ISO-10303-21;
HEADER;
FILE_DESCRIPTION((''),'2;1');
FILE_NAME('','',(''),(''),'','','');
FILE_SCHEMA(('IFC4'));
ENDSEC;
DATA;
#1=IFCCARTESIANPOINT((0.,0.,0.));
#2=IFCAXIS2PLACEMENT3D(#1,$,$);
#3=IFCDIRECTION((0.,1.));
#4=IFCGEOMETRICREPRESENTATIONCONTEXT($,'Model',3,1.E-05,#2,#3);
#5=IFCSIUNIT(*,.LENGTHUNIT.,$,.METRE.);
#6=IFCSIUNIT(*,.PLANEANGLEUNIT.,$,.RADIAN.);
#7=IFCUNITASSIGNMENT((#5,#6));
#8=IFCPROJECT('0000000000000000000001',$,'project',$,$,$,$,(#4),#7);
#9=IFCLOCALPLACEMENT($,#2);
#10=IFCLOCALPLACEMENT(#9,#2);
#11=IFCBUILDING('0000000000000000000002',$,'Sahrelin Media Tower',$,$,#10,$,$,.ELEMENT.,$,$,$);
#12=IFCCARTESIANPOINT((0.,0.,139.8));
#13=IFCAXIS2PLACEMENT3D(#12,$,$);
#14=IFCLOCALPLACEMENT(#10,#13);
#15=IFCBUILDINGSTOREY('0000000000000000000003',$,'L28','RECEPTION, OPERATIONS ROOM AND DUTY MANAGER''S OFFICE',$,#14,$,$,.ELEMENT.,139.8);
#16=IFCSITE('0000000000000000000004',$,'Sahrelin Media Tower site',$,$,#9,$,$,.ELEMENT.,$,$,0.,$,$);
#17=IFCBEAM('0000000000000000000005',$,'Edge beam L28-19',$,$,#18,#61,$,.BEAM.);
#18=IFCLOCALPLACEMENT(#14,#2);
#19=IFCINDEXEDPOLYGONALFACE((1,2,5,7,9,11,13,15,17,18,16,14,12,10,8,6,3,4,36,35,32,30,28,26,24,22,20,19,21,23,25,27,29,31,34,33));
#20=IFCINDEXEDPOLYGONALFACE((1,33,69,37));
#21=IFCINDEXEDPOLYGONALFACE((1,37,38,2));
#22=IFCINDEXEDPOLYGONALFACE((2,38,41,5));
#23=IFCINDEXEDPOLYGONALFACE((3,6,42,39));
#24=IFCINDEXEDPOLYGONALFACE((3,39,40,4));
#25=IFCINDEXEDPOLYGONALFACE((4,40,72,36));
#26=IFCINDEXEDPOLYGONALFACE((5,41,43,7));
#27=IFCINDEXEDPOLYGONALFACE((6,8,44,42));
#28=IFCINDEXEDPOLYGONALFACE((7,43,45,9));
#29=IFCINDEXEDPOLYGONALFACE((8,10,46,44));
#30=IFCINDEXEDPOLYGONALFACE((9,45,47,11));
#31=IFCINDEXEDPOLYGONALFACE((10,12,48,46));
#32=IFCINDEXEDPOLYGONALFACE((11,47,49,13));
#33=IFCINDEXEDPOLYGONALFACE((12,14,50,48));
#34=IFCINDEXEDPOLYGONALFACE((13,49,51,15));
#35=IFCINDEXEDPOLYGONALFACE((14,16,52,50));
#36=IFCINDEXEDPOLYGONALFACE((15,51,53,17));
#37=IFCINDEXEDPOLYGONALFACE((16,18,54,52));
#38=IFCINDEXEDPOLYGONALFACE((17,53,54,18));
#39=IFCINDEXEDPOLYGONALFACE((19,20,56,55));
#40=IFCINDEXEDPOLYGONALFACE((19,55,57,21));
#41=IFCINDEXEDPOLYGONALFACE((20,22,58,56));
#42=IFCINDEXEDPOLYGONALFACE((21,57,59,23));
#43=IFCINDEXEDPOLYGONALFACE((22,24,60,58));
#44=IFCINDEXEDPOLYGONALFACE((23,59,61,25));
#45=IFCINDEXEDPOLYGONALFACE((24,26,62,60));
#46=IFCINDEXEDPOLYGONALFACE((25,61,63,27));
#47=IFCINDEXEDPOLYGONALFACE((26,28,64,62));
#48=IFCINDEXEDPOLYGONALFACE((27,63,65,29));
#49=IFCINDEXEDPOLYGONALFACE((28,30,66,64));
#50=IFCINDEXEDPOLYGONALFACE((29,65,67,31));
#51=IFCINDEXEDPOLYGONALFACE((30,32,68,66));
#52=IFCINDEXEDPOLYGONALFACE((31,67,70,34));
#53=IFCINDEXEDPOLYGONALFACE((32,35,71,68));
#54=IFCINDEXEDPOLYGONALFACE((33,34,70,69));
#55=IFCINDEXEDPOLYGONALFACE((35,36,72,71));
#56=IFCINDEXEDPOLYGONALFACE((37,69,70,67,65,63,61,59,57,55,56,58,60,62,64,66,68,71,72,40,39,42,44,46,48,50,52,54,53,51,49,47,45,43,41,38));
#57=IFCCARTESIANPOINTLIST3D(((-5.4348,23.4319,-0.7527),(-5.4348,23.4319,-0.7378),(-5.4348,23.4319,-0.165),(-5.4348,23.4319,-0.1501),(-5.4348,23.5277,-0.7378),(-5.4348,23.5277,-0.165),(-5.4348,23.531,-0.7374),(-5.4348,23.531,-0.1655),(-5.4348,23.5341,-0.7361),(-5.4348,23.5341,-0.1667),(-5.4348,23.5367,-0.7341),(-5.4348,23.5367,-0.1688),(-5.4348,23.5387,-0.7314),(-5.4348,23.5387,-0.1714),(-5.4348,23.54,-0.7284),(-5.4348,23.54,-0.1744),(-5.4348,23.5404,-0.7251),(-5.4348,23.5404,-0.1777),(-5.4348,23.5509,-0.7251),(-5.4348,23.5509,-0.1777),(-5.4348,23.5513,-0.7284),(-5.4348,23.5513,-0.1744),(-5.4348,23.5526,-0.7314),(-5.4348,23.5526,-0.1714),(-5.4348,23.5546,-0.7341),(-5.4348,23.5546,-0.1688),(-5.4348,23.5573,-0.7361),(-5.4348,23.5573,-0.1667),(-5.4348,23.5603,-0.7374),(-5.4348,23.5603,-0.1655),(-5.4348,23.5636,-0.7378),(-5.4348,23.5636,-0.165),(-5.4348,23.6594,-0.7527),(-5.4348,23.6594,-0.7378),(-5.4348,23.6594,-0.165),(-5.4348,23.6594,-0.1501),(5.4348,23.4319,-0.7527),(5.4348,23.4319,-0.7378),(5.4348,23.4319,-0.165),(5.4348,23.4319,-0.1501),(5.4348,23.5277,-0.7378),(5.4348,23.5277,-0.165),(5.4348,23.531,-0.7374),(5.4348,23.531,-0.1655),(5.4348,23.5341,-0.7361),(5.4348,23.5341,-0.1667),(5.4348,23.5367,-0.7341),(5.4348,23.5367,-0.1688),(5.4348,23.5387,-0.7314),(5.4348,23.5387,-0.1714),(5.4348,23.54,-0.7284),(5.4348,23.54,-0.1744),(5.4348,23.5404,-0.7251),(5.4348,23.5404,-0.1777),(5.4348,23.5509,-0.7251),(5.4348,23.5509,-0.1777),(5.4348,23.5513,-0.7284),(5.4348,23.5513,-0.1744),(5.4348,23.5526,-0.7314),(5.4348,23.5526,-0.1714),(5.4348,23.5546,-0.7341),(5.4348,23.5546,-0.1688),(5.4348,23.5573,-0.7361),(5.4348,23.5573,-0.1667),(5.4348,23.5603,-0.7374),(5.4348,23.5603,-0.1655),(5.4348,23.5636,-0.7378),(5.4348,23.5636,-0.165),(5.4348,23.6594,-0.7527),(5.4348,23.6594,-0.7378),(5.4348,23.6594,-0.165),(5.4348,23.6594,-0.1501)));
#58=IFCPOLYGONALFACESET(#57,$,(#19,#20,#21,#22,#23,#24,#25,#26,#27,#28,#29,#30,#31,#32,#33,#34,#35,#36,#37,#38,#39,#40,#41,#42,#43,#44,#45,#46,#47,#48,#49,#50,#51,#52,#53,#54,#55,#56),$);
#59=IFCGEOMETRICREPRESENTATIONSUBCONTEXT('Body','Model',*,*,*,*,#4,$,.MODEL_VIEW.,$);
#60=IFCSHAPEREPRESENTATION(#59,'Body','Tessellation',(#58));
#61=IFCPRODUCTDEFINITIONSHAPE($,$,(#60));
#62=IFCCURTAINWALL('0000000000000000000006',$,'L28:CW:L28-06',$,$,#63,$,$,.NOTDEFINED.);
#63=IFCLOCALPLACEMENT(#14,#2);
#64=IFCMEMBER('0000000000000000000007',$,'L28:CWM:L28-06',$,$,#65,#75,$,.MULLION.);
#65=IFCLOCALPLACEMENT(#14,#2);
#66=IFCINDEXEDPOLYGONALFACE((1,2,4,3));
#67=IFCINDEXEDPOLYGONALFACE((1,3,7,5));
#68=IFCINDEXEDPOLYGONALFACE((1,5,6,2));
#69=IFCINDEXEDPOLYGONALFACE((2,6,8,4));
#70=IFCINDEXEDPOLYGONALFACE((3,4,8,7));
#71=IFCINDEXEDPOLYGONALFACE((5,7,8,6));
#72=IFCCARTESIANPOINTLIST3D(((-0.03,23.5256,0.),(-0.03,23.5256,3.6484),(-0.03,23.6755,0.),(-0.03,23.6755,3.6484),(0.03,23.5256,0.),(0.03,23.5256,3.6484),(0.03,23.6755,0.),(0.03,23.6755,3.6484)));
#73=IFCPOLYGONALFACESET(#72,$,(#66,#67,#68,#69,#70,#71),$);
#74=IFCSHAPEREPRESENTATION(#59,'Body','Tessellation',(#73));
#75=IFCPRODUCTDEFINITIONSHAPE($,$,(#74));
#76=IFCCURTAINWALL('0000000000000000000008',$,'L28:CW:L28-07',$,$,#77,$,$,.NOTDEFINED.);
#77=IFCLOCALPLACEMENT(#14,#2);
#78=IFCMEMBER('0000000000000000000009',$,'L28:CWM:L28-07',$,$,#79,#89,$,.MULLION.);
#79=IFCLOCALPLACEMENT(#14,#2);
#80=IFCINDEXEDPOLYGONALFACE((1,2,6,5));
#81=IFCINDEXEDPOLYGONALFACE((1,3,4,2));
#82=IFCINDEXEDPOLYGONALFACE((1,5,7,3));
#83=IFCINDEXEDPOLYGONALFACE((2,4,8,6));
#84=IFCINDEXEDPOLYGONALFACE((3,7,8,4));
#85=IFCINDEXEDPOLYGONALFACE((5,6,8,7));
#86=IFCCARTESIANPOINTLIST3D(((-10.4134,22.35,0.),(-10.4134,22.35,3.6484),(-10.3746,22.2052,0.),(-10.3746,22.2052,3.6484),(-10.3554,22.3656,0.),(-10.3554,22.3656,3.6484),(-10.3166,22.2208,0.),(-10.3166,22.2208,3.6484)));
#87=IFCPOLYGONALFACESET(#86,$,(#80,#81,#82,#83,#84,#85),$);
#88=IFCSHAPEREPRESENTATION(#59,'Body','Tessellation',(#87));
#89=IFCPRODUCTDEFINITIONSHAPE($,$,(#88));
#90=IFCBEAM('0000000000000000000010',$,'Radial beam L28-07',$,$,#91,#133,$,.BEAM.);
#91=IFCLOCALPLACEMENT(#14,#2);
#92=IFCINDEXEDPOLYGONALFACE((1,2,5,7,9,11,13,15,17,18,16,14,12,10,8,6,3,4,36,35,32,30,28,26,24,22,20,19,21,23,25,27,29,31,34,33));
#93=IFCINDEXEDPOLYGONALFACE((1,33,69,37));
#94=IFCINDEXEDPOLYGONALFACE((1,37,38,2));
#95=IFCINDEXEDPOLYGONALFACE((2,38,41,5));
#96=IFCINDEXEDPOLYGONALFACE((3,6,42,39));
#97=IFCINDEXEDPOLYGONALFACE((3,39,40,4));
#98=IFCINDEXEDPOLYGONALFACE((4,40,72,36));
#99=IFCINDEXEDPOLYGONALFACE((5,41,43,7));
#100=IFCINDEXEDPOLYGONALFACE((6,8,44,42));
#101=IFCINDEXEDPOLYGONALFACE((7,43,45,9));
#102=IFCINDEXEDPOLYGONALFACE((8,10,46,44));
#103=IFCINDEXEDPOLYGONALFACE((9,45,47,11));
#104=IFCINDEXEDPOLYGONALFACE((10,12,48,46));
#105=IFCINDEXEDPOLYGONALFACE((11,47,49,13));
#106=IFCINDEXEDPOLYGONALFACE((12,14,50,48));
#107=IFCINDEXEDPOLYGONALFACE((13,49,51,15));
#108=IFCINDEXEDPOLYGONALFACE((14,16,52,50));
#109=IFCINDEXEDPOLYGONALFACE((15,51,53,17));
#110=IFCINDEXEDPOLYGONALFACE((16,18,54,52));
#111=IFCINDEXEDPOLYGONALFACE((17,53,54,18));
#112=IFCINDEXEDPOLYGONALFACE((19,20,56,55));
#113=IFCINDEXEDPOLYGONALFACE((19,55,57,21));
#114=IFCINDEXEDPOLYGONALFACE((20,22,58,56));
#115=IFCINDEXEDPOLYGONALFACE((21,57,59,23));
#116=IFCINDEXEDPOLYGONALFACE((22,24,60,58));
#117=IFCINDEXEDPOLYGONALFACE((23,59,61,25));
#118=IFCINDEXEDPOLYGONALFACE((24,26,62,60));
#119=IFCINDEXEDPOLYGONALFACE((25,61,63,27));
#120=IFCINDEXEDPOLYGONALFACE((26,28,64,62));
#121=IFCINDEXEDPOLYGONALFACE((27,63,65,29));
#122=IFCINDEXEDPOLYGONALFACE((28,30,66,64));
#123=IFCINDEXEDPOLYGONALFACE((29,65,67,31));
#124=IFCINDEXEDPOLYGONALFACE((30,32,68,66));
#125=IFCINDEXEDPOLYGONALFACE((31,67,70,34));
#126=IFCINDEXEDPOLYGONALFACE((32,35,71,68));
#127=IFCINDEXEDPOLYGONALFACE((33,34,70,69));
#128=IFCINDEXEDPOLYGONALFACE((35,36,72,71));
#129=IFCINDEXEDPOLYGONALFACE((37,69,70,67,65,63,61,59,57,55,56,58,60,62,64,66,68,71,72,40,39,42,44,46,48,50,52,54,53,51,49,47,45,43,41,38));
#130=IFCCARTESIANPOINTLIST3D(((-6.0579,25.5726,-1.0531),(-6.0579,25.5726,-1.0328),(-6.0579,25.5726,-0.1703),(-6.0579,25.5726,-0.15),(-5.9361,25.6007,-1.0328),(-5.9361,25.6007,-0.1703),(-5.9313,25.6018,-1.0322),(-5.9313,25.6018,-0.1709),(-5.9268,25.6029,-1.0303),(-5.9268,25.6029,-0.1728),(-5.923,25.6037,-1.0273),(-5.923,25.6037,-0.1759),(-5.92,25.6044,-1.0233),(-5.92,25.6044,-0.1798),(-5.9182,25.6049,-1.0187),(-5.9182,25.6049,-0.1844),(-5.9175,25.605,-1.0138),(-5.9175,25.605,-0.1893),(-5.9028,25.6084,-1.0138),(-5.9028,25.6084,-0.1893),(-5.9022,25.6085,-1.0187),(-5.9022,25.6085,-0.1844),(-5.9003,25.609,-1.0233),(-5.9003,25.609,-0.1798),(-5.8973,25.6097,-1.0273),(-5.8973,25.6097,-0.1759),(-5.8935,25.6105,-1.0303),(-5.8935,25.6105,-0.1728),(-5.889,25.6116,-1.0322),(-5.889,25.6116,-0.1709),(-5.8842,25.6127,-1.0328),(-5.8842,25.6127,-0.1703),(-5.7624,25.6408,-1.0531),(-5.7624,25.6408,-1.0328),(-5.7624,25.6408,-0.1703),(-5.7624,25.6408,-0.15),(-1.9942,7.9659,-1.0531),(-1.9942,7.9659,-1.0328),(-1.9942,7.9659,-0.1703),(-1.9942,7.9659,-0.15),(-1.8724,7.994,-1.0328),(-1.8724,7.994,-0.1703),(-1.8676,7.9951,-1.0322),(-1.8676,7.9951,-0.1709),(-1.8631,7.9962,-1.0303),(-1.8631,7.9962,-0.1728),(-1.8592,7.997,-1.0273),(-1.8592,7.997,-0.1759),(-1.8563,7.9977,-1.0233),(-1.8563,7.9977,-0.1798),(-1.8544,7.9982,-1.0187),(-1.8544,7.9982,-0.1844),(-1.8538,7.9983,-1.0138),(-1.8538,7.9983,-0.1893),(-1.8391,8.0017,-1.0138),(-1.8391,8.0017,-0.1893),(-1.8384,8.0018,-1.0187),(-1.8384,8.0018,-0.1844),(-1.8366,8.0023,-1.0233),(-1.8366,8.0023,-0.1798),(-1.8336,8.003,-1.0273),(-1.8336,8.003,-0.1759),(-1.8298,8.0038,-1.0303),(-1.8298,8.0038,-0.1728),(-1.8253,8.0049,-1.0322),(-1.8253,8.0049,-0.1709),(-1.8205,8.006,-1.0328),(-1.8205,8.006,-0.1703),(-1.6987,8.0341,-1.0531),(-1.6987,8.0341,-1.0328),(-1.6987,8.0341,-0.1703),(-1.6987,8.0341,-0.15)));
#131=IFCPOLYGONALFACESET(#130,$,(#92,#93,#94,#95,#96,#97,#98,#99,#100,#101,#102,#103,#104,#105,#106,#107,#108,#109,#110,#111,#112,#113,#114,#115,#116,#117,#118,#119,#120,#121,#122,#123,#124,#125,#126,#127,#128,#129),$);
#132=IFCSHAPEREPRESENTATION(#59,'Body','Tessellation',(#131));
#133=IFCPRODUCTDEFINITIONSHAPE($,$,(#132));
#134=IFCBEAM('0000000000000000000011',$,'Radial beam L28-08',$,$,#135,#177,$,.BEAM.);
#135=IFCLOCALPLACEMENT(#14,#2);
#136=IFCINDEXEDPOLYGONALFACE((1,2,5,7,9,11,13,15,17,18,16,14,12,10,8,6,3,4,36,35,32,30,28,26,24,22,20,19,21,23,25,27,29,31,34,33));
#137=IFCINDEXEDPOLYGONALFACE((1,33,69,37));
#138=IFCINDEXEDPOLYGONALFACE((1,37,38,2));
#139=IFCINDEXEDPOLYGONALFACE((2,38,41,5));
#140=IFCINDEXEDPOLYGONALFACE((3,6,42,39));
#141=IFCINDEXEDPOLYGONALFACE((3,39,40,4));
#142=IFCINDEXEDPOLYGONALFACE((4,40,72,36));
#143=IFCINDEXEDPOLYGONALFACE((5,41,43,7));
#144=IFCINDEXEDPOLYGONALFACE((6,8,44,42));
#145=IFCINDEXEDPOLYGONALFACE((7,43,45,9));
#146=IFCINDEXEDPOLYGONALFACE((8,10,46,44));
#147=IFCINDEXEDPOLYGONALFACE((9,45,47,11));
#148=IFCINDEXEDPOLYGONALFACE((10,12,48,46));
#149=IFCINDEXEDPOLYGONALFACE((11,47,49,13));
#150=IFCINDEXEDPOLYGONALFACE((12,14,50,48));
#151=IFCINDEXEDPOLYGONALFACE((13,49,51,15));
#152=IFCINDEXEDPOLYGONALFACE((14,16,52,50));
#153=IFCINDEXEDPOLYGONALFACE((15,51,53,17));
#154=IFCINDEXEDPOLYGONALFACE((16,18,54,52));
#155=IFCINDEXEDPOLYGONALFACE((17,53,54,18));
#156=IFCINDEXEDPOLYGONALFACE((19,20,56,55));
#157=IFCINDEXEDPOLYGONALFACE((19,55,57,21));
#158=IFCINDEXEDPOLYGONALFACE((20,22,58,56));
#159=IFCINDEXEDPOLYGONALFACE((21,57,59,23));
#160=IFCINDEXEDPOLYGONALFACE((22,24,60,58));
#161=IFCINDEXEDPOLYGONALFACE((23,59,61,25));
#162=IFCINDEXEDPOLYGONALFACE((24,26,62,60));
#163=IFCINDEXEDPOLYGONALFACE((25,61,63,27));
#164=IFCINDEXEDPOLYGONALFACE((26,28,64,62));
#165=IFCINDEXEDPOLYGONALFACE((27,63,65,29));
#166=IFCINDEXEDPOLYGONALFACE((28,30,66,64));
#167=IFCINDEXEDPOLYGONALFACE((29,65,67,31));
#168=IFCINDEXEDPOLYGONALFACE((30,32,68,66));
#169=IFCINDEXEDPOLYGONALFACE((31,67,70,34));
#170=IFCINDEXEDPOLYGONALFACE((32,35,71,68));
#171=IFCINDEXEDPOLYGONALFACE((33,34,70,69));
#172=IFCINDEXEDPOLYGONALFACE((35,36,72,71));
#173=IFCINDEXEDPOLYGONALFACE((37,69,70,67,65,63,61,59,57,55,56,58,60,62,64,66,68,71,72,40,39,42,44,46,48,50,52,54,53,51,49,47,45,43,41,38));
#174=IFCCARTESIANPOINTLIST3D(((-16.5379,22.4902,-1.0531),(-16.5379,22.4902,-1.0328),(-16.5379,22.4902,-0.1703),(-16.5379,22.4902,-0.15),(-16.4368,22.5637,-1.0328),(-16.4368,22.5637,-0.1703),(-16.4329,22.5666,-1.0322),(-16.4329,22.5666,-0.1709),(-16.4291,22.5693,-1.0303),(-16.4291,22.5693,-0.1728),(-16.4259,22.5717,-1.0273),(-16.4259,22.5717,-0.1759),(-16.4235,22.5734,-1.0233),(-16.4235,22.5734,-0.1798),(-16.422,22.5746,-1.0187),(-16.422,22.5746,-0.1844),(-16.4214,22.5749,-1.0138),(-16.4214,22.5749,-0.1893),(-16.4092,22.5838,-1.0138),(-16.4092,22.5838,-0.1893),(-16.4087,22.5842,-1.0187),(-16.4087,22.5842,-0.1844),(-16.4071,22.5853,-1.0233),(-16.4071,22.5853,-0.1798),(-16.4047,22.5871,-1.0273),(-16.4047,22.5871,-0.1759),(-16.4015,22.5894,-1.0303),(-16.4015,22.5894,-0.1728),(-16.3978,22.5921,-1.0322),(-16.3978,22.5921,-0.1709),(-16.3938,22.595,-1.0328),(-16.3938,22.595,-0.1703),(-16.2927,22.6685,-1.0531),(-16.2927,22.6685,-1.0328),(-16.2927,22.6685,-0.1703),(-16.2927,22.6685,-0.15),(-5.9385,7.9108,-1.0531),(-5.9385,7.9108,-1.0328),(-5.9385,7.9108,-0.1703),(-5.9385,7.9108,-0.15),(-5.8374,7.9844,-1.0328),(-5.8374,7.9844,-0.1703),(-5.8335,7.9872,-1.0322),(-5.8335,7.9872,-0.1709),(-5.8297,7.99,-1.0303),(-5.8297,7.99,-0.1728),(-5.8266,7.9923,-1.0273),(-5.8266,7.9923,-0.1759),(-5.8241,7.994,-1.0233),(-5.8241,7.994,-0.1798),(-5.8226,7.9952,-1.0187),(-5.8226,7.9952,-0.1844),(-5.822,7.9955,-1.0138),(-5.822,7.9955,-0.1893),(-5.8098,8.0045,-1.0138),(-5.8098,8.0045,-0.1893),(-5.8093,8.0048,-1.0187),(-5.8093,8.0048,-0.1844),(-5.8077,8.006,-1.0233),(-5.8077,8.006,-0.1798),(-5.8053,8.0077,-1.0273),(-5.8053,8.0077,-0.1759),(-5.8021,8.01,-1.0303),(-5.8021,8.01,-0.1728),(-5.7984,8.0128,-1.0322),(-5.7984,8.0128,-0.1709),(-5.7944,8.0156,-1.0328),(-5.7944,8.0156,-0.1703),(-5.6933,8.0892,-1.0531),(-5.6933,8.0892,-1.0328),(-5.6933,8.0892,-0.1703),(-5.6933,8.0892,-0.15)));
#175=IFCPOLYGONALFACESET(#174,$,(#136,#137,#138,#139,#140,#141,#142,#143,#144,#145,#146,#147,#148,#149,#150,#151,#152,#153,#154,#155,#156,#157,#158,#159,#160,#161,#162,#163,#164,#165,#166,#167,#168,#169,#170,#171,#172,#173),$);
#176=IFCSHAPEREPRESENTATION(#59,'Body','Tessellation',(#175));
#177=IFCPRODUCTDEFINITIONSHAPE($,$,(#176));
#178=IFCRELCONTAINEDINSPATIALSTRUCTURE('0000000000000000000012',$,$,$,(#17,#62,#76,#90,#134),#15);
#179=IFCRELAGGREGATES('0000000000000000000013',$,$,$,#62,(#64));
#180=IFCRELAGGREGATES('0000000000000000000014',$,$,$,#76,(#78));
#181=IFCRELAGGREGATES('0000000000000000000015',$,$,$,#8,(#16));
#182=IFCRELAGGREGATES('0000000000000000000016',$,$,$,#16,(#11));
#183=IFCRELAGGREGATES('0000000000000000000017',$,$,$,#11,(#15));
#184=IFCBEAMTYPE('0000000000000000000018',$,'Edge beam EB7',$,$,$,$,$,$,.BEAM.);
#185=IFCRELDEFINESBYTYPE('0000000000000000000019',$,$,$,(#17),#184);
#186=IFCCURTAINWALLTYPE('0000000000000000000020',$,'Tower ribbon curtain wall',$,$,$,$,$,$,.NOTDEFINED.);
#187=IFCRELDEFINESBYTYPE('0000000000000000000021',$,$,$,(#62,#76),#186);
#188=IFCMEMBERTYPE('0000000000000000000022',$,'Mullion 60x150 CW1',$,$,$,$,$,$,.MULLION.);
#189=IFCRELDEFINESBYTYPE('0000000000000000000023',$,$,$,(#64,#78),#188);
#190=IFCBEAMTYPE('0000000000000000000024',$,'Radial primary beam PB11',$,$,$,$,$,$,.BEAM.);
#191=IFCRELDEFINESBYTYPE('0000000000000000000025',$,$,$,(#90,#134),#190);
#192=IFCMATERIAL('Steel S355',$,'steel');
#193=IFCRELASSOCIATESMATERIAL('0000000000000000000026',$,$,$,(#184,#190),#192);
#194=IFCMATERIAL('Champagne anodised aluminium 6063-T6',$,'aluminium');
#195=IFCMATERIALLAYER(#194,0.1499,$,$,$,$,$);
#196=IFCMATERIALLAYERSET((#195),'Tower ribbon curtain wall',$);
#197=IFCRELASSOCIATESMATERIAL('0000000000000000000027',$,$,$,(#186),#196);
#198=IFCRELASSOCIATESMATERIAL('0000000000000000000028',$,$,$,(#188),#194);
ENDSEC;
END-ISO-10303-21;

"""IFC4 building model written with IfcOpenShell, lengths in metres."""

from ifc_helpers import new_model, si_unit, direction, frame, origin, origin_2d, place, context, subcontext, project, spatial, rectangle, i_section, extrude, material, layer, layer_set, material_profile, profile_set, type_object, element, aggregate, save


model = new_model("IFC4")

# Units and contexts
model_context = context("Model", 3, precision=1e-05, world=origin(), true_north=direction((0.0, 1.0)))
body_context = subcontext(model_context, "Body", "Model", "MODEL_VIEW")
ifc_project = project(units=[si_unit("LENGTHUNIT", "METRE"), si_unit("PLANEANGLEUNIT", "RADIAN")], contexts=[model_context])

# Site, building, storey
site_placement = place(None, origin())
site = spatial("IfcSite", under=ifc_project, at=site_placement, Name="Sahrelin Media Tower site", CompositionType="ELEMENT", RefElevation=0.0)
building_placement = place(site_placement, origin())
building = spatial("IfcBuilding", under=site, at=building_placement, Name="Sahrelin Media Tower", CompositionType="ELEMENT")
storey_placement = place(building_placement, frame((0.0, 0.0, 139.8)))
storey = spatial("IfcBuildingStorey", under=building, at=storey_placement, Name="L28", Description="RECEPTION, OPERATIONS ROOM AND DUTY MANAGER'S OFFICE", CompositionType="ELEMENT", Elevation=139.8)

# Beam
ifc_material_1 = material(Name="Steel S355", Category="steel")
ifc_material_profile_1 = material_profile(ifc_material_1, i_section(OverallWidth=0.2275, OverallDepth=0.6025, WebThickness=0.0105, FlangeThickness=0.0149, FilletRadius=0.0127, at=origin_2d()), Name="UB 610x229x101")
ifc_profile_set_1 = profile_set([ifc_material_profile_1], Name="Steel S355")
beam_type_1 = type_object("IfcBeamType", Name="Edge beam EB7", PredefinedType="BEAM", material=ifc_profile_set_1)
beam_1_placement = place(storey_placement, frame((-5.4348, 23.5457, -0.4514), z_axis=(1.0, 0.0, 0.0), x_axis=(0.0, 1.0, 0.0)))
element("IfcBeam", 1, at=beam_1_placement, inside=storey, type_object=beam_type_1, Name="Edge beam L28-19", PredefinedType="BEAM", context=body_context, shape_type="SweptSolid", body=[
    extrude(i_section(OverallWidth=0.2275, OverallDepth=0.6025, WebThickness=0.0105, FlangeThickness=0.0149, FilletRadius=0.0127, at=origin_2d()), origin(), (0.0, 0.0, 1.0), 10.8696),
])

# Curtain walls, members
ifc_material_2 = material(Name="Champagne anodised aluminium 6063-T6", Category="aluminium")
ifc_layer_1 = layer(ifc_material_2, 0.1499)
ifc_layer_set_1 = layer_set([ifc_layer_1], Name="Tower ribbon curtain wall")
curtain_wall_type = type_object("IfcCurtainWallType", Name="Tower ribbon curtain wall", PredefinedType="NOTDEFINED", material=ifc_layer_set_1)
placement_1 = place(storey_placement, frame((0.0, 23.6958, 0.0), z_axis=(0.0, 0.0, 1.0), x_axis=(1.0, 0.0, 0.0)))
curtain_wall_1 = element("IfcCurtainWall", 2, at=placement_1, inside=storey, type_object=curtain_wall_type, Name="L28:CW:L28-06", PredefinedType="NOTDEFINED")
ifc_material_profile_2 = material_profile(ifc_material_2, rectangle(XDim=0.0601, YDim=0.1499, at=origin_2d()), Name="Mullion 60x150")
ifc_profile_set_2 = profile_set([ifc_material_profile_2], Name="Champagne anodised aluminium 6063-T6")
member_type_1 = type_object("IfcMemberType", Name="Mullion 60x150 CW1", PredefinedType="MULLION", material=ifc_profile_set_2)
member_1_placement = place(storey_placement, frame((0.0, 23.6006, 0.0), z_axis=(0.0, 0.0, 1.0), x_axis=(-1.0, 0.0, 0.0)))
member_1 = element("IfcMember", 3, at=member_1_placement, type_object=member_type_1, Name="L28:CWM:L28-06", PredefinedType="MULLION", context=body_context, shape_type="SweptSolid", body=[
    extrude(rectangle(XDim=0.0601, YDim=0.1499, at=origin_2d()), origin(), (0.0, 0.0, 1.0), 3.6484),
])
aggregate(curtain_wall_1, [member_1])
curtain_wall_2_placement = place(storey_placement, frame((-10.3894, 22.3772, 0.0), z_axis=(0.0, 0.0, 1.0), x_axis=(1.0, 0.0, 0.0)))
curtain_wall_2 = element("IfcCurtainWall", 4, at=curtain_wall_2_placement, inside=storey, type_object=curtain_wall_type, Name="L28:CW:L28-07", PredefinedType="NOTDEFINED")
member_2_placement = place(storey_placement, frame((-10.365, 22.2854, 0.0), z_axis=(0.0, 0.0, 1.0), x_axis=(-0.965926, -0.258819, 0.0)))
member_2 = element("IfcMember", 5, at=member_2_placement, type_object=member_type_1, Name="L28:CWM:L28-07", PredefinedType="MULLION", context=body_context, shape_type="SweptSolid", body=[
    extrude(rectangle(XDim=0.0601, YDim=0.1499, at=origin_2d()), origin(), (0.0, 0.0, 1.0), 3.6484),
])

# Beams
ifc_material_profile_3 = material_profile(ifc_material_1, i_section(OverallWidth=0.3032, OverallDepth=0.9031, WebThickness=0.0151, FlangeThickness=0.0203, FilletRadius=0.019, at=origin_2d()), Name="UB 914x305x201")
ifc_profile_set_3 = profile_set([ifc_material_profile_3], Name="Steel S355")
beam_type_2 = type_object("IfcBeamType", Name="Radial primary beam PB11", PredefinedType="BEAM", material=ifc_profile_set_3)
beam_2_placement = place(storey_placement, frame((-1.8464, 8.0, -0.6016), z_axis=(-0.224893, 0.974383, 0.0), x_axis=(-0.974383, -0.224893, 0.0)))
element("IfcBeam", 6, at=beam_2_placement, inside=storey, type_object=beam_type_2, Name="Radial beam L28-07", PredefinedType="BEAM", context=body_context, shape_type="SweptSolid", body=[
    extrude(i_section(OverallWidth=0.3032, OverallDepth=0.9031, WebThickness=0.0151, FlangeThickness=0.0203, FilletRadius=0.019, at=origin_2d()), origin(), (0.0, 0.0, 1.0), 18.0696),
])
beam_3_placement = place(storey_placement, frame((-5.8159, 8.0, -0.6016), z_axis=(-0.588034, 0.808836, 0.0), x_axis=(-0.808836, -0.588034, 0.0)))
element("IfcBeam", 7, at=beam_3_placement, inside=storey, type_object=beam_type_2, Name="Radial beam L28-08", PredefinedType="BEAM", context=body_context, shape_type="SweptSolid", body=[
    extrude(i_section(OverallWidth=0.3032, OverallDepth=0.9031, WebThickness=0.0151, FlangeThickness=0.0203, FilletRadius=0.019, at=origin_2d()), origin(), (0.0, 0.0, 1.0), 18.0251),
])

aggregate(curtain_wall_2, [member_2])

save(model, "model.ifc")
